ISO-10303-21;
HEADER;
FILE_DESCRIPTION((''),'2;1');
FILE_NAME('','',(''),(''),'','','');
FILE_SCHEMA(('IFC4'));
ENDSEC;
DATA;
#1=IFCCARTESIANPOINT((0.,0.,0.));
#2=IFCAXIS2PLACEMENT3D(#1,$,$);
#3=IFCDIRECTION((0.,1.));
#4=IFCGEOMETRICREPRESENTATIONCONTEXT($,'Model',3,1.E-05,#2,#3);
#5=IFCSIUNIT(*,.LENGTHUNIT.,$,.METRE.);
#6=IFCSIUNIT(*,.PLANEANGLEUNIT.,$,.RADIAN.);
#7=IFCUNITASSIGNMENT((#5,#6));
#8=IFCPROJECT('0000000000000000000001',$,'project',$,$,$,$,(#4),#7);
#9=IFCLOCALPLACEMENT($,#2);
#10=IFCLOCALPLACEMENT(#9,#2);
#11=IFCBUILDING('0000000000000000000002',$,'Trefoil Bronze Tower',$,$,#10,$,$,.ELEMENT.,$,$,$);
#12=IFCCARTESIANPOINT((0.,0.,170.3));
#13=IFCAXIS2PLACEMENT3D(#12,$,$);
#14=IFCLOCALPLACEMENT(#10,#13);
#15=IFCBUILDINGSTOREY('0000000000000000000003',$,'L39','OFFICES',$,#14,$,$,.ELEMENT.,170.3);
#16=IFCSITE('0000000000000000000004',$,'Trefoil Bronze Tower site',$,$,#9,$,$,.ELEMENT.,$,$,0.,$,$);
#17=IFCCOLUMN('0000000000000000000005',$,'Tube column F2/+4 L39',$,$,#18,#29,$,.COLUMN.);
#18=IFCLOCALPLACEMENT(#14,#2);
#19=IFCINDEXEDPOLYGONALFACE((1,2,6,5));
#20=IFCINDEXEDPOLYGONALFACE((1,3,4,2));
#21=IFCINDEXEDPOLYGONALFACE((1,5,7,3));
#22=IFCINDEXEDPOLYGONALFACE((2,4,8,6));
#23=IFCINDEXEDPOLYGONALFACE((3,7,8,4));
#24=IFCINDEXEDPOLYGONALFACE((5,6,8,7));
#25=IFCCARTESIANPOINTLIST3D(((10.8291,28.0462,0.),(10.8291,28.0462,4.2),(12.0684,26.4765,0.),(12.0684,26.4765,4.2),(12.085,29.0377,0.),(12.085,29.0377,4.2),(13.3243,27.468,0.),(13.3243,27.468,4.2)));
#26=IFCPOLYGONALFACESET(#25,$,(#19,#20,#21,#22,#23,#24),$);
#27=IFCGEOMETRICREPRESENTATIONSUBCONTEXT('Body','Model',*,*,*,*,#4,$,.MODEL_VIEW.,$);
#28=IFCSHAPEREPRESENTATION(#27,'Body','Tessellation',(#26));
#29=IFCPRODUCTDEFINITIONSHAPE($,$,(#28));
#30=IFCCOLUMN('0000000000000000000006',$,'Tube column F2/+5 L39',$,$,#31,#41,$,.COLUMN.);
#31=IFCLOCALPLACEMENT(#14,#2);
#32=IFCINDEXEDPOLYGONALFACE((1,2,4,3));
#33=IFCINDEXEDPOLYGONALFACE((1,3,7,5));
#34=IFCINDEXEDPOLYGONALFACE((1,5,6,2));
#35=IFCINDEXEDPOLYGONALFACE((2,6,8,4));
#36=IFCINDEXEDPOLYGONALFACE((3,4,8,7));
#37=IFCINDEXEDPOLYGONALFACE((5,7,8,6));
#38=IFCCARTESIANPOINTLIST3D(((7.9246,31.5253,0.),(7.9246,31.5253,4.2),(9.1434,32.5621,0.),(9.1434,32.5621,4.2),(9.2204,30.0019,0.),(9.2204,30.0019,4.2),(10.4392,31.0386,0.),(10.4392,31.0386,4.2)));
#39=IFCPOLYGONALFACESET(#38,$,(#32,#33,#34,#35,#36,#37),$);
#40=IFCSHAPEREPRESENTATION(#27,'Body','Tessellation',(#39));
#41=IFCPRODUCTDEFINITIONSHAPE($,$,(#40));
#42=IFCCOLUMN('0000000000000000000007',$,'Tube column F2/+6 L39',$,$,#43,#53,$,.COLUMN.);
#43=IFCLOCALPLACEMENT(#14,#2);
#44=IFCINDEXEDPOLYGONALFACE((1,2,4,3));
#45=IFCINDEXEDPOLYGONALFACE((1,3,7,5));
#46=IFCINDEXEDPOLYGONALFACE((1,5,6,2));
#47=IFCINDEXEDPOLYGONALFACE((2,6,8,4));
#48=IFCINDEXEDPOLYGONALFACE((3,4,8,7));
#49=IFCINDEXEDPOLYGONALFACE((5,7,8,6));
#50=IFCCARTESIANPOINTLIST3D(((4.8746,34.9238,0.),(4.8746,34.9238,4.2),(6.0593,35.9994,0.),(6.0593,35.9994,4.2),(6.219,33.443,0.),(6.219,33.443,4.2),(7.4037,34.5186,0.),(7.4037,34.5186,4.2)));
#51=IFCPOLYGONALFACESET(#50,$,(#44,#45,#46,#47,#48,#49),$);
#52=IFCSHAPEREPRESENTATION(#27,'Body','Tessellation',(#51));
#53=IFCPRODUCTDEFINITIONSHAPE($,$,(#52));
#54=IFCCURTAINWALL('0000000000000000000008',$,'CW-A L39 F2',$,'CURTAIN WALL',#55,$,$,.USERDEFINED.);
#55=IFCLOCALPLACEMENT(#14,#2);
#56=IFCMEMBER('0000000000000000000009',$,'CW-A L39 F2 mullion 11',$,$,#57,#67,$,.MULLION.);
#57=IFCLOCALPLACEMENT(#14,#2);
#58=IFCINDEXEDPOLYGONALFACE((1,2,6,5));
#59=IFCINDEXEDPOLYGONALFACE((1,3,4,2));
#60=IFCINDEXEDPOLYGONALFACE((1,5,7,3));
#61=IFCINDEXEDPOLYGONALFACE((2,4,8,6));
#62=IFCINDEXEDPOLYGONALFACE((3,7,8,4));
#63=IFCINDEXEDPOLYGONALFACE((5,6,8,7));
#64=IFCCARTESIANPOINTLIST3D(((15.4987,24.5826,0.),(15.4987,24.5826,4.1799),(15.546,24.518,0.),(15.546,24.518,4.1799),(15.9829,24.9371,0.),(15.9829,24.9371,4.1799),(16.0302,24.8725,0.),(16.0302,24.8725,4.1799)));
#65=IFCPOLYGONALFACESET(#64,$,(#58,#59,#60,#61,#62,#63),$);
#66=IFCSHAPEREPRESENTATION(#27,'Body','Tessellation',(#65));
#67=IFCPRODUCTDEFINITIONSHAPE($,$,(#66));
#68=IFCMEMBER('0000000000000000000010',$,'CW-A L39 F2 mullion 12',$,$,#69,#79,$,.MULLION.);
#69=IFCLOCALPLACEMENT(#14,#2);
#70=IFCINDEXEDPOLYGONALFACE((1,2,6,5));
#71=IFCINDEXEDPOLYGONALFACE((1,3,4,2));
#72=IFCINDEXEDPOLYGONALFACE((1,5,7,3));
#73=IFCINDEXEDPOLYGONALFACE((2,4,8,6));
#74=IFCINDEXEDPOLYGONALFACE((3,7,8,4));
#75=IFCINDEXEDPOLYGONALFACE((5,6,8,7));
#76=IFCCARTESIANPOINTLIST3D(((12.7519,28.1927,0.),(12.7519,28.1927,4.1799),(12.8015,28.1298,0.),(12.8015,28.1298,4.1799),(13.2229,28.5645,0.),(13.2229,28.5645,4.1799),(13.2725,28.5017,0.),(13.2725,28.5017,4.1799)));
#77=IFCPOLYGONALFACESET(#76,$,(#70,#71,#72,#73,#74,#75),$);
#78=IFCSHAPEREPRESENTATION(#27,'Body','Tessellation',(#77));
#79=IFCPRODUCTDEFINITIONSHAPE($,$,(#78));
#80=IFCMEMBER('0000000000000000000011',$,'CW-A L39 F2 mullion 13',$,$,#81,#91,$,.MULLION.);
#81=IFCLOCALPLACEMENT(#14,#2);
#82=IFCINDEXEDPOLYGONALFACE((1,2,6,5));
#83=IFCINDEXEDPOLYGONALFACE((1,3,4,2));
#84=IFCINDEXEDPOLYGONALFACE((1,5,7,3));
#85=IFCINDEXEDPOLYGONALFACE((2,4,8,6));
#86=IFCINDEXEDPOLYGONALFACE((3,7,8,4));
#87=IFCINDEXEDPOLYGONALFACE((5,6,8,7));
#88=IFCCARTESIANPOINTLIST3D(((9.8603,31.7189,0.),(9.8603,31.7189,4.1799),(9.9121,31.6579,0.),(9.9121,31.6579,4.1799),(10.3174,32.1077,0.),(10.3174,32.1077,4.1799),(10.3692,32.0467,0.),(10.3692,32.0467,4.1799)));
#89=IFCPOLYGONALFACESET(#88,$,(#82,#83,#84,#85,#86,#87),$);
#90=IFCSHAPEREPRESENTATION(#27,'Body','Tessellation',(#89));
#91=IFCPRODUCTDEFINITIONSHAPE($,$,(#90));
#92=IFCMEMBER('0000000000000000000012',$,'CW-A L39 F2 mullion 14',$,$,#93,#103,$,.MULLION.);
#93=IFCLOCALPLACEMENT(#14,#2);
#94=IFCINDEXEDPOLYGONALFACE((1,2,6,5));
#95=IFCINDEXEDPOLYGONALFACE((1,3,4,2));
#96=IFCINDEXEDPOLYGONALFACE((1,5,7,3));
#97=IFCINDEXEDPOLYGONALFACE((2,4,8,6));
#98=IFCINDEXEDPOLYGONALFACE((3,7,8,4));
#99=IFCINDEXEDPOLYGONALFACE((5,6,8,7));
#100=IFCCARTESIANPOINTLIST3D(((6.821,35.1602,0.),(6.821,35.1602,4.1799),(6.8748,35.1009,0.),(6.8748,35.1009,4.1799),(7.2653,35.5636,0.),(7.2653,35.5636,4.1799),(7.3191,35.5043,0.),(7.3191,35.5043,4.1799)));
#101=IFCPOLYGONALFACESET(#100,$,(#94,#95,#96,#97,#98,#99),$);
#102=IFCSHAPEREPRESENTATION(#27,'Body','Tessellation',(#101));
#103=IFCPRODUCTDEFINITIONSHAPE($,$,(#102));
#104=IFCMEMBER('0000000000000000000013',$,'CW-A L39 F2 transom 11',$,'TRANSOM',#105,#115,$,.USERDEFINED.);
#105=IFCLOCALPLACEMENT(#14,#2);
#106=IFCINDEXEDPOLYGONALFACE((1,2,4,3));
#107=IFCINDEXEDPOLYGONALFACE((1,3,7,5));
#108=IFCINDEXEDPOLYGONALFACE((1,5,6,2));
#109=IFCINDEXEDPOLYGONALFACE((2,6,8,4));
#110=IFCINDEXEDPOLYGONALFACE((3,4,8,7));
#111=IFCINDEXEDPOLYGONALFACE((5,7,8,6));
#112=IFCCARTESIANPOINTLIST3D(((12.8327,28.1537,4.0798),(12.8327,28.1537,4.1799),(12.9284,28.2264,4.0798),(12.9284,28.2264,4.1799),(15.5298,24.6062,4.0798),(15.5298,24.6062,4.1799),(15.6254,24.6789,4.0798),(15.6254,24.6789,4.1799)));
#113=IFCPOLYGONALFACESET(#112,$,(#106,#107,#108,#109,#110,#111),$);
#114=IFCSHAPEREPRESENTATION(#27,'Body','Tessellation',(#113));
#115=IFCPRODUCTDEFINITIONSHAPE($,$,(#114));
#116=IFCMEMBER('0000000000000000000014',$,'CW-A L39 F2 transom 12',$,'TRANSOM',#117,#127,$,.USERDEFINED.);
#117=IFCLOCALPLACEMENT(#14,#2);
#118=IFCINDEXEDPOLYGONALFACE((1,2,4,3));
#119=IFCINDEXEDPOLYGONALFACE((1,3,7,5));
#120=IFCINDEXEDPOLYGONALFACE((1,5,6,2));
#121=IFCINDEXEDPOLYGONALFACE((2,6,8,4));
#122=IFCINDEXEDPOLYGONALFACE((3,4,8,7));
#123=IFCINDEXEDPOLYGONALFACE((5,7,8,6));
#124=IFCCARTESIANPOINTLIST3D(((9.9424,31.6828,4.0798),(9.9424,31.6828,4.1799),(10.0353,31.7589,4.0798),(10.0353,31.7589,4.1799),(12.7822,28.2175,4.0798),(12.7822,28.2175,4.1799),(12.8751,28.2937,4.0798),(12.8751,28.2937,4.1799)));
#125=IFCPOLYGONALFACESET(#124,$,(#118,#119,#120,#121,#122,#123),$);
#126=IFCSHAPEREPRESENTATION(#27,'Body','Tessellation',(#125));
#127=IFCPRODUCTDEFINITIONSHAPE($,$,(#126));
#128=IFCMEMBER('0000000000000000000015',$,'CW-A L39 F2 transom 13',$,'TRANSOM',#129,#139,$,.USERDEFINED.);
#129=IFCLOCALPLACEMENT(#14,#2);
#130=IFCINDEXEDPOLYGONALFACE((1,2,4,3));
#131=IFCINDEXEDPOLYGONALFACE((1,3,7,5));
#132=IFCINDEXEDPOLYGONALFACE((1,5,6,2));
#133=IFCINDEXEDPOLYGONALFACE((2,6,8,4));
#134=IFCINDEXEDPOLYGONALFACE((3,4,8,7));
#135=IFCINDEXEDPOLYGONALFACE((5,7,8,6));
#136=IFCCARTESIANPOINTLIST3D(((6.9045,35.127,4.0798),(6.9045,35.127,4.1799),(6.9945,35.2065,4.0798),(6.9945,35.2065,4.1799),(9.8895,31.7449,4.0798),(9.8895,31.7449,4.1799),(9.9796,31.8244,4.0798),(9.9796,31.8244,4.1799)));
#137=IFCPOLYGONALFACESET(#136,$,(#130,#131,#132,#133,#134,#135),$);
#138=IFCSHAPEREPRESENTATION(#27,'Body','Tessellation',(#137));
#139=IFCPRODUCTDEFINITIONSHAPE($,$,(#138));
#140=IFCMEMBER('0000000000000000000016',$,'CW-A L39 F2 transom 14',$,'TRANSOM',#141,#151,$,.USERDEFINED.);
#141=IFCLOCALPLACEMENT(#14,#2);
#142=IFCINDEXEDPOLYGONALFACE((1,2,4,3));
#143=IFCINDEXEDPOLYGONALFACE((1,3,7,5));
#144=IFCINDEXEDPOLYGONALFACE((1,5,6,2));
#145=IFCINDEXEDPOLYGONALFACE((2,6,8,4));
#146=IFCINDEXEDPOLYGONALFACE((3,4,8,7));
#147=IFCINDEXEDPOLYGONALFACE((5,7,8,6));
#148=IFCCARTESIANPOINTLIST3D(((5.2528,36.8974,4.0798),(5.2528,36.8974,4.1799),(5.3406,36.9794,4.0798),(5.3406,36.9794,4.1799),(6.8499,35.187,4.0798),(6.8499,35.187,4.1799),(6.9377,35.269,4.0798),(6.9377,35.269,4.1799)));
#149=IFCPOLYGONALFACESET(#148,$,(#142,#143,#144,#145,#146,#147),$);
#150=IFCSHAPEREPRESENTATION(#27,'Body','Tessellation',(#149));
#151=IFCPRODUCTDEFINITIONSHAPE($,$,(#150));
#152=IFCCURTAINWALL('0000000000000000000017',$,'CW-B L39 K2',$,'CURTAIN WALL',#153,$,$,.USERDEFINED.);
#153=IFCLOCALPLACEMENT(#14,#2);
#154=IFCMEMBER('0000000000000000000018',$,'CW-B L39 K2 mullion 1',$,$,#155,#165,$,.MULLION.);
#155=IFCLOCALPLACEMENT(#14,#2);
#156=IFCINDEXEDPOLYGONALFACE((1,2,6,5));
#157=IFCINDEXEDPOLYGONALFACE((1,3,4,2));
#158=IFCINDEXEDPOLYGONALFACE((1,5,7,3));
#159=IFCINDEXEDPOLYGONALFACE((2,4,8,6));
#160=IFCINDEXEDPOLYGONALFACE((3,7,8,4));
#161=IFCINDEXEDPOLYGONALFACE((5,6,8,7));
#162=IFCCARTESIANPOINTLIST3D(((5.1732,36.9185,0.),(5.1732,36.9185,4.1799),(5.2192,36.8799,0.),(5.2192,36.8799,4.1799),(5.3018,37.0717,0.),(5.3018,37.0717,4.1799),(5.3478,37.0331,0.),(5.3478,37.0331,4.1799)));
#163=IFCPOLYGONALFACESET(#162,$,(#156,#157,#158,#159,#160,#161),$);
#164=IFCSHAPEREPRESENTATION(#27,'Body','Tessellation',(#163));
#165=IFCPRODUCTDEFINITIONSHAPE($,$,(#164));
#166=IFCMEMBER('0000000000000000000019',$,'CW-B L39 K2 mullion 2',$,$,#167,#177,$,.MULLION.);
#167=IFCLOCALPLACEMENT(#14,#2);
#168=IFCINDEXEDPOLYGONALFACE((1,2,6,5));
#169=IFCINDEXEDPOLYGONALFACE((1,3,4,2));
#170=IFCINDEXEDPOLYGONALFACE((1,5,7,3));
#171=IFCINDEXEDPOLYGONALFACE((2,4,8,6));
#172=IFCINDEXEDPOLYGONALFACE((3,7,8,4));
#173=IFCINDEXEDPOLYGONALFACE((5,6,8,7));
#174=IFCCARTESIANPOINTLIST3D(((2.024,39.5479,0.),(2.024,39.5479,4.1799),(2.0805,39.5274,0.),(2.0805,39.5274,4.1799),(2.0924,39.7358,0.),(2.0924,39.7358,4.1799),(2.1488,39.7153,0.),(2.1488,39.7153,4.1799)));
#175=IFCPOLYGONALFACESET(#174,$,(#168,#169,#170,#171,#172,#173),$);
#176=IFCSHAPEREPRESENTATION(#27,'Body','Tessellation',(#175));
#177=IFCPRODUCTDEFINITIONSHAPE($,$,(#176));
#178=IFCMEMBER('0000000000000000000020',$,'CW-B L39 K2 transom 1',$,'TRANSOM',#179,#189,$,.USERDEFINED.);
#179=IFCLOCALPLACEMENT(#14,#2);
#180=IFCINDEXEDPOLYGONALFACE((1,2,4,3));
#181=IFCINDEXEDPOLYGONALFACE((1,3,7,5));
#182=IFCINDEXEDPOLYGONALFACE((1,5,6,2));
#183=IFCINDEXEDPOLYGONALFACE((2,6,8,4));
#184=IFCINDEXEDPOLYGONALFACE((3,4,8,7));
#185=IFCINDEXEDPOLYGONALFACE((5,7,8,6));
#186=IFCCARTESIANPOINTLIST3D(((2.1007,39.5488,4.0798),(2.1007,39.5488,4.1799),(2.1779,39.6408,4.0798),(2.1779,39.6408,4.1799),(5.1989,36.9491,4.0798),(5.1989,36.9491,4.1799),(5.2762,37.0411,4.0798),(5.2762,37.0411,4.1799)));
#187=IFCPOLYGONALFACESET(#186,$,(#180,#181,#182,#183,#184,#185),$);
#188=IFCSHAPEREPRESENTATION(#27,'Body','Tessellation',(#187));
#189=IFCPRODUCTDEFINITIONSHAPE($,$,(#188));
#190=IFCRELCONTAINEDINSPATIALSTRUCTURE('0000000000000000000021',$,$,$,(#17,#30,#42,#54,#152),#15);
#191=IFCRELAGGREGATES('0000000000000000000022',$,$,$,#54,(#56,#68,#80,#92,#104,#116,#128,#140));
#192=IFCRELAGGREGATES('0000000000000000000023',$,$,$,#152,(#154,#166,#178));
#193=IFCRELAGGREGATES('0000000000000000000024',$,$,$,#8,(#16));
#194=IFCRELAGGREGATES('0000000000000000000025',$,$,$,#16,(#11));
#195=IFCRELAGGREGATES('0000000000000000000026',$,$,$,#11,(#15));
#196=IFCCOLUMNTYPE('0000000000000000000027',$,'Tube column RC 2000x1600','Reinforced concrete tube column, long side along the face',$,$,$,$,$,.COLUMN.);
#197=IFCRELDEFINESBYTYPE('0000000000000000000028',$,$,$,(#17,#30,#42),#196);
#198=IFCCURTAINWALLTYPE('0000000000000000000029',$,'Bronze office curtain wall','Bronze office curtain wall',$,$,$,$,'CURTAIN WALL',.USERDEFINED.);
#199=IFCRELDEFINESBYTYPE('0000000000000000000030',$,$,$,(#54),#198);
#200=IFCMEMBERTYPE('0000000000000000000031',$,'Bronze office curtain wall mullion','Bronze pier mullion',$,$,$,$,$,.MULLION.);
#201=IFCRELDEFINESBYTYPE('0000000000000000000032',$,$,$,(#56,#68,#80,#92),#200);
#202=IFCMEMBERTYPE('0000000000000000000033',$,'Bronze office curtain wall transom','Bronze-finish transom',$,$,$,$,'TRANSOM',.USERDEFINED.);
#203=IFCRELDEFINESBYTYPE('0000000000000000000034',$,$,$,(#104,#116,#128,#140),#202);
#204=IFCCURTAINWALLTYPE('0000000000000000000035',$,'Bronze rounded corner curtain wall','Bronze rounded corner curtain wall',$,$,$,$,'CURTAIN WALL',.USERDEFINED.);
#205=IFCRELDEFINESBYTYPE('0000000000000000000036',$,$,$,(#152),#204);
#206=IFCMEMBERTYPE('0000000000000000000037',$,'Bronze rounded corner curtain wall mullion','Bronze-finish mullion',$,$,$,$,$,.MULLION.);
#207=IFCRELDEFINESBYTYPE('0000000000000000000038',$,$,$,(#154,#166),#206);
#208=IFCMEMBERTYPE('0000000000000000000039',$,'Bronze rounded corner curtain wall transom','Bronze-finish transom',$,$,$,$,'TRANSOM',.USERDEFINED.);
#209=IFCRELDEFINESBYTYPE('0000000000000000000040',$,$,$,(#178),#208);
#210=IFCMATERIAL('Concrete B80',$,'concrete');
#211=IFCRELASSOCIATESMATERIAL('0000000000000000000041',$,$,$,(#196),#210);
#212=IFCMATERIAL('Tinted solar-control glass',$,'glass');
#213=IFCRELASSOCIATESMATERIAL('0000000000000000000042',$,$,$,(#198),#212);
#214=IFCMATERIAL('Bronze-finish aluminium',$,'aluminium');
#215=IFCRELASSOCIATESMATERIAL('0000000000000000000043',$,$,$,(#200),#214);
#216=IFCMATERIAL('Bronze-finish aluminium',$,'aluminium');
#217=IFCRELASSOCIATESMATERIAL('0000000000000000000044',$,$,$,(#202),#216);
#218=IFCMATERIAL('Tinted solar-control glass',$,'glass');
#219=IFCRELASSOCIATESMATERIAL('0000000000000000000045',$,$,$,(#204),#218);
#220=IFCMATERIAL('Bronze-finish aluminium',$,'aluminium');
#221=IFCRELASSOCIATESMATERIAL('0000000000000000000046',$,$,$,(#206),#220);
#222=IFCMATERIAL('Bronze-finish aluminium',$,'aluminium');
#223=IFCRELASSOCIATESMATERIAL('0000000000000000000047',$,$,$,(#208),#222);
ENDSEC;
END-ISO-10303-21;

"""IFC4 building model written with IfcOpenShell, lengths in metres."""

from ifc_helpers import new_model, si_unit, direction, frame, origin, origin_2d, place, context, subcontext, project, spatial, rectangle, extrude, material, material_profile, profile_set, type_object, element, aggregate, save


model = new_model("IFC4")

# Units and contexts
model_context = context("Model", 3, precision=1e-05, world=origin(), true_north=direction((0.0, 1.0)))
body_context = subcontext(model_context, "Body", "Model", "MODEL_VIEW")
ifc_project = project(units=[si_unit("LENGTHUNIT", "METRE"), si_unit("PLANEANGLEUNIT", "RADIAN")], contexts=[model_context])

# Site, building, storey
site_placement = place(None, origin())
site = spatial("IfcSite", under=ifc_project, at=site_placement, Name="Trefoil Bronze Tower site", CompositionType="ELEMENT", RefElevation=0.0)
building_placement = place(site_placement, origin())
building = spatial("IfcBuilding", under=site, at=building_placement, Name="Trefoil Bronze Tower", CompositionType="ELEMENT")
storey_placement = place(building_placement, frame((0.0, 0.0, 170.3)))
storey = spatial("IfcBuildingStorey", under=building, at=storey_placement, Name="L39", Description="OFFICES", CompositionType="ELEMENT", Elevation=170.3)

# Columns
ifc_material_1 = material(Name="Concrete B80", Category="concrete")
ifc_material_profile_1 = material_profile(ifc_material_1, rectangle(XDim=2.0, YDim=1.6001, at=origin_2d()), Name="RC 2000x1600")
ifc_profile_set_1 = profile_set([ifc_material_profile_1], Name="Concrete B80")
column_type = type_object("IfcColumnType", Name="Tube column RC 2000x1600", Description="Reinforced concrete tube column, long side along the face", PredefinedType="COLUMN", material=ifc_profile_set_1)
for number, where, z_axis, x_axis, name in (
    (1, (12.0767, 27.7571, 0.0), (0.0, 0.0, 1.0), (-0.619649, 0.784879, 0.0), "Tube column F2/+4 L39"),
    (2, (9.1819, 31.282, 0.0), (0.0, 0.0, 1.0), (-0.647904, 0.761722, 0.0), "Tube column F2/+5 L39"),
    (3, (6.1392, 34.7212, 0.0), (0.0, 0.0, 1.0), (-0.67221, 0.740361, 0.0), "Tube column F2/+6 L39"),
):
    element("IfcColumn", number, at=place(storey_placement, frame(where, z_axis=z_axis, x_axis=x_axis)), inside=storey, type_object=column_type, Name=name, PredefinedType="COLUMN", context=body_context, shape_type="SweptSolid", body=[
        extrude(rectangle(XDim=2.0, YDim=1.6001, at=origin_2d()), origin(), (0.0, 0.0, 1.0), 4.2),
    ])

# Curtain walls, members
ifc_material_2 = material(Name="Tinted solar-control glass", Category="glass")
curtain_wall_type_1 = type_object("IfcCurtainWallType", Name="Bronze office curtain wall", Description="Bronze office curtain wall", ElementType="CURTAIN WALL", PredefinedType="USERDEFINED", material=ifc_material_2)
curtain_wall_1_placement = place(storey_placement, origin())
curtain_wall_1 = element("IfcCurtainWall", 4, at=curtain_wall_1_placement, inside=storey, type_object=curtain_wall_type_1, Name="CW-A L39 F2", ObjectType="CURTAIN WALL", PredefinedType="USERDEFINED")
ifc_material_3 = material(Name="Bronze-finish aluminium", Category="aluminium")
ifc_material_profile_2 = material_profile(ifc_material_3, rectangle(XDim=0.6001, YDim=0.0801, at=origin_2d()), Name="CW-A mullion")
ifc_profile_set_2 = profile_set([ifc_material_profile_2], Name="Bronze-finish aluminium")
member_type_1 = type_object("IfcMemberType", Name="Bronze office curtain wall mullion", Description="Bronze pier mullion", PredefinedType="MULLION", material=ifc_profile_set_2)
member_1_placement = place(storey_placement, frame((15.7644, 24.7275, 0.0), z_axis=(0.0, 0.0, 1.0), x_axis=(-0.806875, -0.590723, 0.0)))
member_1 = element("IfcMember", 5, at=member_1_placement, type_object=member_type_1, Name="CW-A L39 F2 mullion 11", PredefinedType="MULLION", context=body_context, shape_type="SweptSolid", body=[
    extrude(rectangle(XDim=0.6001, YDim=0.0801, at=origin_2d()), origin(), (0.0, 0.0, 1.0), 4.1799),
])
member_2_placement = place(storey_placement, frame((13.0122, 28.3472, 0.0), z_axis=(0.0, 0.0, 1.0), x_axis=(-0.784879, -0.619649, 0.0)))
member_2 = element("IfcMember", 6, at=member_2_placement, type_object=member_type_1, Name="CW-A L39 F2 mullion 12", PredefinedType="MULLION", context=body_context, shape_type="SweptSolid", body=[
    extrude(rectangle(XDim=0.6001, YDim=0.0801, at=origin_2d()), origin(), (0.0, 0.0, 1.0), 4.1799),
])
member_3_placement = place(storey_placement, frame((10.1147, 31.8828, 0.0), z_axis=(0.0, 0.0, 1.0), x_axis=(-0.761722, -0.647904, 0.0)))
member_3 = element("IfcMember", 7, at=member_3_placement, type_object=member_type_1, Name="CW-A L39 F2 mullion 13", PredefinedType="MULLION", context=body_context, shape_type="SweptSolid", body=[
    extrude(rectangle(XDim=0.6001, YDim=0.0801, at=origin_2d()), origin(), (0.0, 0.0, 1.0), 4.1799),
])
member_4_placement = place(storey_placement, frame((7.0701, 35.3323, 0.0), z_axis=(0.0, 0.0, 1.0), x_axis=(-0.740361, -0.67221, 0.0)))
member_4 = element("IfcMember", 8, at=member_4_placement, type_object=member_type_1, Name="CW-A L39 F2 mullion 14", PredefinedType="MULLION", context=body_context, shape_type="SweptSolid", body=[
    extrude(rectangle(XDim=0.6001, YDim=0.0801, at=origin_2d()), origin(), (0.0, 0.0, 1.0), 4.1799),
])
ifc_material_4 = material(Name="Bronze-finish aluminium", Category="aluminium")
ifc_material_profile_3 = material_profile(ifc_material_4, rectangle(XDim=0.1201, YDim=0.1001, at=origin_2d()), Name="CW-A transom")
ifc_profile_set_3 = profile_set([ifc_material_profile_3], Name="Bronze-finish aluminium")
member_type_2 = type_object("IfcMemberType", Name="Bronze office curtain wall transom", Description="Bronze-finish transom", ElementType="TRANSOM", PredefinedType="USERDEFINED", material=ifc_profile_set_3)
member_5_placement = place(storey_placement, frame((15.5776, 24.6426, 4.1299), z_axis=(-0.605229, 0.796051, 0.0), x_axis=(-0.796051, -0.605229, 0.0)))
member_5 = element("IfcMember", 9, at=member_5_placement, type_object=member_type_2, Name="CW-A L39 F2 transom 11", ObjectType="TRANSOM", PredefinedType="USERDEFINED", context=body_context, shape_type="SweptSolid", body=[
    extrude(rectangle(XDim=0.1201, YDim=0.1001, at=origin_2d()), origin(), (0.0, 0.0, 1.0), 4.4563),
])
member_6_placement = place(storey_placement, frame((12.8286, 28.2556, 4.1299), z_axis=(-0.633849, 0.773457, 0.0), x_axis=(-0.773457, -0.633849, 0.0)))
member_6 = element("IfcMember", 10, at=member_6_placement, type_object=member_type_2, Name="CW-A L39 F2 transom 12", ObjectType="TRANSOM", PredefinedType="USERDEFINED", context=body_context, shape_type="SweptSolid", body=[
    extrude(rectangle(XDim=0.1201, YDim=0.1001, at=origin_2d()), origin(), (0.0, 0.0, 1.0), 4.4802),
])
member_7_placement = place(storey_placement, frame((9.9346, 31.7847, 4.1299), z_axis=(-0.661736, 0.749737, 0.0), x_axis=(-0.749737, -0.661736, 0.0)))
member_7 = element("IfcMember", 11, at=member_7_placement, type_object=member_type_2, Name="CW-A L39 F2 transom 13", ObjectType="TRANSOM", PredefinedType="USERDEFINED", context=body_context, shape_type="SweptSolid", body=[
    extrude(rectangle(XDim=0.1201, YDim=0.1001, at=origin_2d()), origin(), (0.0, 0.0, 1.0), 4.511),
])
member_8_placement = place(storey_placement, frame((6.8938, 35.228, 4.1299), z_axis=(-0.682489, 0.730896, 0.0), x_axis=(-0.730896, -0.682489, 0.0)))
member_8 = element("IfcMember", 12, at=member_8_placement, type_object=member_type_2, Name="CW-A L39 F2 transom 14", ObjectType="TRANSOM", PredefinedType="USERDEFINED", context=body_context, shape_type="SweptSolid", body=[
    extrude(rectangle(XDim=0.1201, YDim=0.1001, at=origin_2d()), origin(), (0.0, 0.0, 1.0), 2.3401),
])
ifc_material_5 = material(Name="Tinted solar-control glass", Category="glass")
curtain_wall_type_2 = type_object("IfcCurtainWallType", Name="Bronze rounded corner curtain wall", Description="Bronze rounded corner curtain wall", ElementType="CURTAIN WALL", PredefinedType="USERDEFINED", material=ifc_material_5)
curtain_wall_2_placement = place(storey_placement, origin())
curtain_wall_2 = element("IfcCurtainWall", 13, at=curtain_wall_2_placement, inside=storey, type_object=curtain_wall_type_2, Name="CW-B L39 K2", ObjectType="CURTAIN WALL", PredefinedType="USERDEFINED")
ifc_material_6 = material(Name="Bronze-finish aluminium", Category="aluminium")
ifc_material_profile_4 = material_profile(ifc_material_6, rectangle(XDim=0.2, YDim=0.0601, at=origin_2d()), Name="CW-B mullion")
ifc_profile_set_4 = profile_set([ifc_material_profile_4], Name="Bronze-finish aluminium")
member_type_3 = type_object("IfcMemberType", Name="Bronze rounded corner curtain wall mullion", Description="Bronze-finish mullion", PredefinedType="MULLION", material=ifc_profile_set_4)
member_9_placement = place(storey_placement, frame((5.2605, 36.9758, 0.0), z_axis=(0.0, 0.0, 1.0), x_axis=(-0.642788, -0.766044, 0.0)))
member_9 = element("IfcMember", 14, at=member_9_placement, type_object=member_type_3, Name="CW-B L39 K2 mullion 1", PredefinedType="MULLION", context=body_context, shape_type="SweptSolid", body=[
    extrude(rectangle(XDim=0.2, YDim=0.0601, at=origin_2d()), origin(), (0.0, 0.0, 1.0), 4.1799),
])
member_10_placement = place(storey_placement, frame((2.0864, 39.6316, 0.0), z_axis=(0.0, 0.0, 1.0), x_axis=(-0.34202, -0.939693, 0.0)))
member_10 = element("IfcMember", 15, at=member_10_placement, type_object=member_type_3, Name="CW-B L39 K2 mullion 2", PredefinedType="MULLION", context=body_context, shape_type="SweptSolid", body=[
    extrude(rectangle(XDim=0.2, YDim=0.0601, at=origin_2d()), origin(), (0.0, 0.0, 1.0), 4.1799),
])
ifc_material_7 = material(Name="Bronze-finish aluminium", Category="aluminium")
ifc_material_profile_5 = material_profile(ifc_material_7, rectangle(XDim=0.1201, YDim=0.1001, at=origin_2d()), Name="CW-B transom")
ifc_profile_set_5 = profile_set([ifc_material_profile_5], Name="Bronze-finish aluminium")
member_type_4 = type_object("IfcMemberType", Name="Bronze rounded corner curtain wall transom", Description="Bronze-finish transom", ElementType="TRANSOM", PredefinedType="USERDEFINED", material=ifc_profile_set_5)
member_11_placement = place(storey_placement, frame((5.2375, 36.9951, 4.1299), z_axis=(-0.76605, 0.642781, 0.0), x_axis=(-0.642781, -0.76605, 0.0)))
member_11 = element("IfcMember", 16, at=member_11_placement, type_object=member_type_4, Name="CW-B L39 K2 transom 1", ObjectType="TRANSOM", PredefinedType="USERDEFINED", context=body_context, shape_type="SweptSolid", body=[
    extrude(rectangle(XDim=0.1201, YDim=0.1001, at=origin_2d()), origin(), (0.0, 0.0, 1.0), 4.0444),
])

aggregate(curtain_wall_1, [member_1, member_2, member_3, member_4, member_5, member_6, member_7, member_8])
aggregate(curtain_wall_2, [member_9, member_10, member_11])

save(model, "model.ifc")
